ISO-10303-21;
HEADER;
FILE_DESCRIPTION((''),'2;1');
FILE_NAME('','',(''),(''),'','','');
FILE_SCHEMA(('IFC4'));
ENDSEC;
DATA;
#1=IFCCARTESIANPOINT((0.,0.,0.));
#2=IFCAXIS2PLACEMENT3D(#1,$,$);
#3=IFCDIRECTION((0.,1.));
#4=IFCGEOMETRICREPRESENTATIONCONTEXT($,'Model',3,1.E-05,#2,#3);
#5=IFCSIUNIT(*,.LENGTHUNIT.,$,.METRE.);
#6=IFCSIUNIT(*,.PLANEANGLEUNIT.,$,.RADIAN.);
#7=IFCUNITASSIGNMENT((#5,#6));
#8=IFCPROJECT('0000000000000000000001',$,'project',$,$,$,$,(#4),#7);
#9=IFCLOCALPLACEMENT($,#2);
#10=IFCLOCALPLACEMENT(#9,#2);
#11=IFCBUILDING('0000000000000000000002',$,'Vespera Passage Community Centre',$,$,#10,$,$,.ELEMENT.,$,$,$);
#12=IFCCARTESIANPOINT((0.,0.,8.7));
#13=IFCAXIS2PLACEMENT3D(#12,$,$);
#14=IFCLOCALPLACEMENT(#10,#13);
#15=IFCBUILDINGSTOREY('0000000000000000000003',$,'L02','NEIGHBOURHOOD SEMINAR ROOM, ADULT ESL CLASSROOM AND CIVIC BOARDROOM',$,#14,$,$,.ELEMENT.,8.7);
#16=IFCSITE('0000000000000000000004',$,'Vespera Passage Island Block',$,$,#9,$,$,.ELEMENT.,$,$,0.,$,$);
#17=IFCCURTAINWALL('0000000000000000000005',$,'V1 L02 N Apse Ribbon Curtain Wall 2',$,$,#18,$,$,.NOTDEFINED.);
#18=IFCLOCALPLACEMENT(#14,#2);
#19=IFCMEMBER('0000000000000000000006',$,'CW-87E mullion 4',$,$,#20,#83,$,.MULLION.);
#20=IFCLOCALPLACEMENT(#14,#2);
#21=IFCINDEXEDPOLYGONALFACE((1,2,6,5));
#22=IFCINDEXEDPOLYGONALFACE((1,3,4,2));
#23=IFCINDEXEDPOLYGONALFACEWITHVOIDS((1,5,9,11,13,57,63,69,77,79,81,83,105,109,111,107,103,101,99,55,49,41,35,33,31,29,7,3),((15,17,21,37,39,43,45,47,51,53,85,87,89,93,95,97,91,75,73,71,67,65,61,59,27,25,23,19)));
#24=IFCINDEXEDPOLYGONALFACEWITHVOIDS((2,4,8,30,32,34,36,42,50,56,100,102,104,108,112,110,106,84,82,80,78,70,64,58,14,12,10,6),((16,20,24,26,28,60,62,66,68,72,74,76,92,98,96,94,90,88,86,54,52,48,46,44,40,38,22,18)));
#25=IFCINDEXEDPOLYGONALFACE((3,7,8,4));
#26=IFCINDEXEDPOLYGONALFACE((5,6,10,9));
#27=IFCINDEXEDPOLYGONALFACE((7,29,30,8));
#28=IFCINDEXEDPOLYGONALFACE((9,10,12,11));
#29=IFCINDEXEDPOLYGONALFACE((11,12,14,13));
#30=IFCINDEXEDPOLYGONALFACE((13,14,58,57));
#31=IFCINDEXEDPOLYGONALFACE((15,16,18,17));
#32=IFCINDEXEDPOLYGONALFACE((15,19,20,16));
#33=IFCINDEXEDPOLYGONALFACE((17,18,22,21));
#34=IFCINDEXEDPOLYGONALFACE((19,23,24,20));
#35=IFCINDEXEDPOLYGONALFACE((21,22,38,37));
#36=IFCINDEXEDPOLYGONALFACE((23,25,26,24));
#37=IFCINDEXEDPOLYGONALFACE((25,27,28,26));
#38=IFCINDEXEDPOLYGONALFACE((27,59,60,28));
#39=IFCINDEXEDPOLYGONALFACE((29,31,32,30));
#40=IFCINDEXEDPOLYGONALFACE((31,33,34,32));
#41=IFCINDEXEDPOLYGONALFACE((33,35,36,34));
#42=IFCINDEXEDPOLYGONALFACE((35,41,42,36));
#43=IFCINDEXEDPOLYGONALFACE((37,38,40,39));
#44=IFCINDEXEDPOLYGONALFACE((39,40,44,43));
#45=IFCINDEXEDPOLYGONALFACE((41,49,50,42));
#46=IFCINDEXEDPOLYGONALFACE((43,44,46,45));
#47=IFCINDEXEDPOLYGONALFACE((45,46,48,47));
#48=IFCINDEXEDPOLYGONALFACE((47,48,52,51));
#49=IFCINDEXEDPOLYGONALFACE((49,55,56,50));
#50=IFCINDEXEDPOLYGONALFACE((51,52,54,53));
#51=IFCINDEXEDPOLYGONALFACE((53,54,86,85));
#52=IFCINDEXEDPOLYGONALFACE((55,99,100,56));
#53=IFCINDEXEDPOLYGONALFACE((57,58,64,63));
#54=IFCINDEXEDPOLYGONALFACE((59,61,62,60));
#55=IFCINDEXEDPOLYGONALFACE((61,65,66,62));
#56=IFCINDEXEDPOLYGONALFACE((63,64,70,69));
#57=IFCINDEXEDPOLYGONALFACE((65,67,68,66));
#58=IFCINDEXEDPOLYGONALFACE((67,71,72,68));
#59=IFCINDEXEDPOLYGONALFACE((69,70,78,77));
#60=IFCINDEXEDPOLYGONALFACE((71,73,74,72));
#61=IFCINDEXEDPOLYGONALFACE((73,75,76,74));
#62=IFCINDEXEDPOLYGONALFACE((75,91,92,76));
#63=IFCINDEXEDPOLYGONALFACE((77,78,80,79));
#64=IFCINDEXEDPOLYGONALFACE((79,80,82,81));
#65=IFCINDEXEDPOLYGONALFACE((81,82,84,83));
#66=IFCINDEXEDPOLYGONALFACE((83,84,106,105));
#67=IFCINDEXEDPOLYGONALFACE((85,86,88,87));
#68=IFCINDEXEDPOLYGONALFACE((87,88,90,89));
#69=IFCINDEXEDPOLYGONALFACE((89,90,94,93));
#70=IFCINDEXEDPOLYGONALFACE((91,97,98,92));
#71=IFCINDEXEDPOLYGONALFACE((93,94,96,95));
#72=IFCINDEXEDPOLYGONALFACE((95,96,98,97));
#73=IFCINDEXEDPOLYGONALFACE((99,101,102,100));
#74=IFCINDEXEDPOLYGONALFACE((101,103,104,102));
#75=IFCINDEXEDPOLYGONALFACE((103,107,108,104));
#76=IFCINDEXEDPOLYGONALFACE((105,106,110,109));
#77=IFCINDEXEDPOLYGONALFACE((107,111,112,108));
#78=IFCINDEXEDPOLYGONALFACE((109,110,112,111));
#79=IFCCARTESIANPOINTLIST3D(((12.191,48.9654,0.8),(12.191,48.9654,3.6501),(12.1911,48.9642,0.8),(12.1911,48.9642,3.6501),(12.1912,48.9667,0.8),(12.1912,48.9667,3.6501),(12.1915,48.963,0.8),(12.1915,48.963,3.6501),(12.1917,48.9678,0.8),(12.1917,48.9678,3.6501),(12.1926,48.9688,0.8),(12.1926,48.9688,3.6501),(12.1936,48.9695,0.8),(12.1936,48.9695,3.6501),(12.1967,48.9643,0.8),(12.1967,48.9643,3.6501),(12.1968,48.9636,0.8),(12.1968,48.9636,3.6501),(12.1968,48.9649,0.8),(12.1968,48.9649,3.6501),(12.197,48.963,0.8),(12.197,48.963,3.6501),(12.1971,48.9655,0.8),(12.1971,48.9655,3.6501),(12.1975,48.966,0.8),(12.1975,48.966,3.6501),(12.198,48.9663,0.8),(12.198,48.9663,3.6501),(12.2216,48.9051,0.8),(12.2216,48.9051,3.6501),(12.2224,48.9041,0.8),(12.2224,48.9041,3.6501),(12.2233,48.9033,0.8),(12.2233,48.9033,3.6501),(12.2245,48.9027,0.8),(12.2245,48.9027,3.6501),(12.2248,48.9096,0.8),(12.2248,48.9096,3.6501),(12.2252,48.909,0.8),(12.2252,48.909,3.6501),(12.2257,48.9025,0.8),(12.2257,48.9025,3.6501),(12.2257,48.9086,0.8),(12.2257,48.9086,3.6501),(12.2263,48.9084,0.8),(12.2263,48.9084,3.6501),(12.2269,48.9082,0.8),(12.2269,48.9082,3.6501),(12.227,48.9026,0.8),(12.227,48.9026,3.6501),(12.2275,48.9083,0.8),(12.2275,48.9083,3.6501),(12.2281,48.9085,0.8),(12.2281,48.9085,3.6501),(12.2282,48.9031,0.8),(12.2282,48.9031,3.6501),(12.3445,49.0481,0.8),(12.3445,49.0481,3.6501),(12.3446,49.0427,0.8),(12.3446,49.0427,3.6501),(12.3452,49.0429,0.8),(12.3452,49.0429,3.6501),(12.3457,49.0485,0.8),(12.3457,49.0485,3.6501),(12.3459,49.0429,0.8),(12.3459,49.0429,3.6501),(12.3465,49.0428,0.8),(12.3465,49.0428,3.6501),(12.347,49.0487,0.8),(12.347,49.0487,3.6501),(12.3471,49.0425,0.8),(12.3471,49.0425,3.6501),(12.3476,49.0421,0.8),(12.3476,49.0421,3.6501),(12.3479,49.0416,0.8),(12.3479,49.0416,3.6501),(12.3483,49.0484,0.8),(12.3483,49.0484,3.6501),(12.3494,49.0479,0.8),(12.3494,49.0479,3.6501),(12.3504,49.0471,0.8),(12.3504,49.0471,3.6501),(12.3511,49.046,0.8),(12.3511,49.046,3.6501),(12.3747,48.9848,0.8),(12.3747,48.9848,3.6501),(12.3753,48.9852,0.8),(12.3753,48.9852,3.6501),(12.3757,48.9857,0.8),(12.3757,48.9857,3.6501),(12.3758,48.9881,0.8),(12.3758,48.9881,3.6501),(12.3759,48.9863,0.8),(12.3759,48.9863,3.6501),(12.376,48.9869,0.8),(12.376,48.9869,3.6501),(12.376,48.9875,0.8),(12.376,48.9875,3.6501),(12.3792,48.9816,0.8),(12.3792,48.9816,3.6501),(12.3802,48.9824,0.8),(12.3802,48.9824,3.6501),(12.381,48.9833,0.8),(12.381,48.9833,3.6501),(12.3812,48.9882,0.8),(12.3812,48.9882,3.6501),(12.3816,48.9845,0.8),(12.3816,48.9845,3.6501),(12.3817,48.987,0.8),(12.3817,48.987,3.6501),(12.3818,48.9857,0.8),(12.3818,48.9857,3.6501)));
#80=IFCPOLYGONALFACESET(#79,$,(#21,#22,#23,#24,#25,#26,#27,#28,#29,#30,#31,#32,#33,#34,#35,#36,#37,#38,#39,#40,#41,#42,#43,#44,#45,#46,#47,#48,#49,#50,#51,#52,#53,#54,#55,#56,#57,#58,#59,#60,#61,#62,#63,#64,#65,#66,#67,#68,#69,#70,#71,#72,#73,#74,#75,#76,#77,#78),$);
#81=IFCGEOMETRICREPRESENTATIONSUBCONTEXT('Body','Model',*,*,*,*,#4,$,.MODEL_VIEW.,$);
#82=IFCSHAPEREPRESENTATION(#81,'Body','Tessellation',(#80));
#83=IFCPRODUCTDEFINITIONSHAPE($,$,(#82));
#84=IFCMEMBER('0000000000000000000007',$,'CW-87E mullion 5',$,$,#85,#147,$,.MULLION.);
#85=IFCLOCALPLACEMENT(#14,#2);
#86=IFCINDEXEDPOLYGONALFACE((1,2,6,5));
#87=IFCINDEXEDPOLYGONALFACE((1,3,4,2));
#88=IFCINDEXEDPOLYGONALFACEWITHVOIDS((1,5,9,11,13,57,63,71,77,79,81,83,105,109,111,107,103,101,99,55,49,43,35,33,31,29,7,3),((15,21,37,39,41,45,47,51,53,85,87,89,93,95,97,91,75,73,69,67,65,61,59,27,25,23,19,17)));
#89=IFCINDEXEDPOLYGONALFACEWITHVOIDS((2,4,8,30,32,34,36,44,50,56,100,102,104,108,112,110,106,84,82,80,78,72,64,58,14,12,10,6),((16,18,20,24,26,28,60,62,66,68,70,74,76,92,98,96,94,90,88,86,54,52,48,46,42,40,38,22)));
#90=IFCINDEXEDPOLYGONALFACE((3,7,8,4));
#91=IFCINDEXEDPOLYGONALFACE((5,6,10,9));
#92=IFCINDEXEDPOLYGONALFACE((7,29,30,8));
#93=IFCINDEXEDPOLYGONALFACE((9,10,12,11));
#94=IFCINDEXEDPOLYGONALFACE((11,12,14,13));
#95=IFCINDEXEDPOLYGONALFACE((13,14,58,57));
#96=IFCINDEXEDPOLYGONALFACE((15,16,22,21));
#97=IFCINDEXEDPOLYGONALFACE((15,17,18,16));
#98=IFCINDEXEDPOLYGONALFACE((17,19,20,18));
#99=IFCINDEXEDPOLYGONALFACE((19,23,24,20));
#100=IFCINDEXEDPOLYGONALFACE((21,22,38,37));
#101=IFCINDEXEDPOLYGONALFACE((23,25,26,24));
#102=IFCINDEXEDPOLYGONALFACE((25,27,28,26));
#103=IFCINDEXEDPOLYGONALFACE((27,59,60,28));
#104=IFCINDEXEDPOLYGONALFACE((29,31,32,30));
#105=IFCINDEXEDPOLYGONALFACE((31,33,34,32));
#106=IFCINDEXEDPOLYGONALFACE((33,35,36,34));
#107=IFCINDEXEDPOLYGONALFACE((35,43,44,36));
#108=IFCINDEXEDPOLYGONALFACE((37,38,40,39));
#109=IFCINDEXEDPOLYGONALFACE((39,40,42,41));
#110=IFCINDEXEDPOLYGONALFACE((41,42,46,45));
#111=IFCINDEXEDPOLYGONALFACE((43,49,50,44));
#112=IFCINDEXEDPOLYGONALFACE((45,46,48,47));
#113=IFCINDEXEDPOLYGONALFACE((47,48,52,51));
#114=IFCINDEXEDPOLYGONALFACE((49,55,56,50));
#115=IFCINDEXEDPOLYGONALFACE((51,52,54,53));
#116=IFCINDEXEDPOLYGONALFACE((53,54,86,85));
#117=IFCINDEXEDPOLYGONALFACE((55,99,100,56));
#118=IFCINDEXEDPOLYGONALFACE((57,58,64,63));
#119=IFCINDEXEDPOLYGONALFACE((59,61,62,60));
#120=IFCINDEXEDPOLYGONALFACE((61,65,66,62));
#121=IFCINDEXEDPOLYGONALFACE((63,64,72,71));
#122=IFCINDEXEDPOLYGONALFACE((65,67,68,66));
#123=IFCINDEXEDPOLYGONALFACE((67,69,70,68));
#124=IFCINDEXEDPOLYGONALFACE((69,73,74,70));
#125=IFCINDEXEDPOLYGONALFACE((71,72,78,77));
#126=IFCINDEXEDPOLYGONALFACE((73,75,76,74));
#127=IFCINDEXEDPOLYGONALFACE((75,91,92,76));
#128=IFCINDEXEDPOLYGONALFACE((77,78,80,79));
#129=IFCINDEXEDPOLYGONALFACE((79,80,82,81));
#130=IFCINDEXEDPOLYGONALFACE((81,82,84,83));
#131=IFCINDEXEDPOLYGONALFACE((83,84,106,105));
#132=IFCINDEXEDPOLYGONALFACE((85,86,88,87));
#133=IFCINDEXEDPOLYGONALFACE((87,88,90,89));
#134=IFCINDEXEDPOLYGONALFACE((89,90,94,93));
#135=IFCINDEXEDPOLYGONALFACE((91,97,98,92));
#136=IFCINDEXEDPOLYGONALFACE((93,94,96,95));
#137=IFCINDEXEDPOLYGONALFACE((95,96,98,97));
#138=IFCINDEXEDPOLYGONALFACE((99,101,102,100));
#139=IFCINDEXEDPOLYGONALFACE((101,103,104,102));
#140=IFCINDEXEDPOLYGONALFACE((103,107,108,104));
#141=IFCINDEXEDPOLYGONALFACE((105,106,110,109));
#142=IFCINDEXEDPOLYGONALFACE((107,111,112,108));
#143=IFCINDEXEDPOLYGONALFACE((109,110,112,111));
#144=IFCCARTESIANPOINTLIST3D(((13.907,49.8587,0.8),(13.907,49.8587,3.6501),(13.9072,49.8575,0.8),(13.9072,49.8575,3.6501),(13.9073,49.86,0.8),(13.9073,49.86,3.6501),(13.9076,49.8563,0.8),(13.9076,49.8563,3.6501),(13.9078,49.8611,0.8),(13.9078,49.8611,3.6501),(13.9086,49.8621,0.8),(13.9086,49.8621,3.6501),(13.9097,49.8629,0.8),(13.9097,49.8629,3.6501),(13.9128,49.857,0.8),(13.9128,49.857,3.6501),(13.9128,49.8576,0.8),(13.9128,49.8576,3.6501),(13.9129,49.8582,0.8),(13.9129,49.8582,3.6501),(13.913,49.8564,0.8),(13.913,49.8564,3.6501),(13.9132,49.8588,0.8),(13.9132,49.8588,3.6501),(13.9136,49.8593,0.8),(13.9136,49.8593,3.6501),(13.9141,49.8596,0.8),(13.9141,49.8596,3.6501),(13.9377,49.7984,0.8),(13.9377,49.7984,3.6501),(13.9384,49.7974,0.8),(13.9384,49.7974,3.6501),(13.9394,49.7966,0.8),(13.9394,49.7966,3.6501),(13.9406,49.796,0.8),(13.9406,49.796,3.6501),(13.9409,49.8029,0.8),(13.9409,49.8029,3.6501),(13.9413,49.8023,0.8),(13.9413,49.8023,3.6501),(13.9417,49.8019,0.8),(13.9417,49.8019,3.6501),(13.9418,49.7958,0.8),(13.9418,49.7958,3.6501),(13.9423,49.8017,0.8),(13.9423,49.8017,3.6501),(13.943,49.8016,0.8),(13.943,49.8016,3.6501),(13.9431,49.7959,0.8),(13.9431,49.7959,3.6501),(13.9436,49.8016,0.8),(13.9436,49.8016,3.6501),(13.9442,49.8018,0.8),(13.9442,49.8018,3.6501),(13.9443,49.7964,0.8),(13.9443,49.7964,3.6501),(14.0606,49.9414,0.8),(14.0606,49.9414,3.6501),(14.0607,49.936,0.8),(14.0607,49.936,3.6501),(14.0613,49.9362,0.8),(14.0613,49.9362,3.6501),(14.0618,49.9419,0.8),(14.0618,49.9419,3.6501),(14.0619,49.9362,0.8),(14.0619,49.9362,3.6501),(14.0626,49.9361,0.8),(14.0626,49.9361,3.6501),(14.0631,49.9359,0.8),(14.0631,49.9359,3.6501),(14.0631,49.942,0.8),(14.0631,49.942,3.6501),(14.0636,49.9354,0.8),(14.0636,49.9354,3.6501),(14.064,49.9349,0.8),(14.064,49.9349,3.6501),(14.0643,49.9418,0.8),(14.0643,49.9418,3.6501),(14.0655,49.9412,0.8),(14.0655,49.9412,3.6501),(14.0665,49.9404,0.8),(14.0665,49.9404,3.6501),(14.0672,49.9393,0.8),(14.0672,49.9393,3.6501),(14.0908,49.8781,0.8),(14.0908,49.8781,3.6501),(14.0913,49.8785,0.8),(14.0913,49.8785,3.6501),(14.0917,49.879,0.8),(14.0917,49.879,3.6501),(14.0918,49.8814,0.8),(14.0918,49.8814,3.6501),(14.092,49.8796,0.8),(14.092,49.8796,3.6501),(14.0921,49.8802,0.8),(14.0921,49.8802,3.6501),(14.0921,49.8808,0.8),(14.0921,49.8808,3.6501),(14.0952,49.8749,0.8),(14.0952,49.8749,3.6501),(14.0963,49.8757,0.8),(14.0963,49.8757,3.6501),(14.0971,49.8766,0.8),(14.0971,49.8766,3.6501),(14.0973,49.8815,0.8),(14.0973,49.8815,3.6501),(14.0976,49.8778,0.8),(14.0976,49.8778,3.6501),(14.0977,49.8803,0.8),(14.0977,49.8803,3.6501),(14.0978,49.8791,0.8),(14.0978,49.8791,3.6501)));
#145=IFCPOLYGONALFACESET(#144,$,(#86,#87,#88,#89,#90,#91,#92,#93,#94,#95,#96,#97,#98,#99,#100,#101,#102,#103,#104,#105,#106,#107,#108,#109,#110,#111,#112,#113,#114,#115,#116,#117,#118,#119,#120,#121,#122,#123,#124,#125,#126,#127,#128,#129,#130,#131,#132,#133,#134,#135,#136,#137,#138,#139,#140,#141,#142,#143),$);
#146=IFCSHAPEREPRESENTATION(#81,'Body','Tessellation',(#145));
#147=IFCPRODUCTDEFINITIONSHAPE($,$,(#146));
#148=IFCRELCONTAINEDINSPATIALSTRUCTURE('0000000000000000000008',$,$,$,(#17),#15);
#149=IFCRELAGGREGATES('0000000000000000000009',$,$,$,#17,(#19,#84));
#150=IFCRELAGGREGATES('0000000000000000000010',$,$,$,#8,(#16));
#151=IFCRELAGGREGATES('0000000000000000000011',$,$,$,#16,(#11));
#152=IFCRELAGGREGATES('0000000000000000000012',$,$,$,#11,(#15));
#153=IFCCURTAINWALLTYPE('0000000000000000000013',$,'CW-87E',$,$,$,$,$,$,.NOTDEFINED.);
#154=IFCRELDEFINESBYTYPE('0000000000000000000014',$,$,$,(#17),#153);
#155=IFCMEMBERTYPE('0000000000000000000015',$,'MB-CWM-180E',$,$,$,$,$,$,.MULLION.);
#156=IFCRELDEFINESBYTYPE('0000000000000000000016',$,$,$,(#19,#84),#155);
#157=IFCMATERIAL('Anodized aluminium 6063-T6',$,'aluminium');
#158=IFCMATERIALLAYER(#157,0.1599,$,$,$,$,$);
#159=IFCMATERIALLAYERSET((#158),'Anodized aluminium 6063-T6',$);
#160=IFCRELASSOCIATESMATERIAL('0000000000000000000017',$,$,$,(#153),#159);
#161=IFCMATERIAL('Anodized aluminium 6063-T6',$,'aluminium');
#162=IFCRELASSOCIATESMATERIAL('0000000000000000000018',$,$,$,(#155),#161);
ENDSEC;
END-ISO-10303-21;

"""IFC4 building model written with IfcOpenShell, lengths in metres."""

from ifc_helpers import new_model, si_unit, direction, frame, origin, origin_2d, place, context, subcontext, project, spatial, hollow_rectangle, extrude, material, layer, layer_set, material_profile, profile_set, type_object, element, aggregate, save


model = new_model("IFC4")

# Units and contexts
model_context = context("Model", 3, precision=1e-05, world=origin(), true_north=direction((0.0, 1.0)))
body_context = subcontext(model_context, "Body", "Model", "MODEL_VIEW")
ifc_project = project(units=[si_unit("LENGTHUNIT", "METRE"), si_unit("PLANEANGLEUNIT", "RADIAN")], contexts=[model_context])

# Site, building, storey
site_placement = place(None, origin())
site = spatial("IfcSite", under=ifc_project, at=site_placement, Name="Vespera Passage Island Block", CompositionType="ELEMENT", RefElevation=0.0)
building_placement = place(site_placement, origin())
building = spatial("IfcBuilding", under=site, at=building_placement, Name="Vespera Passage Community Centre", CompositionType="ELEMENT")
storey_placement = place(building_placement, frame((0.0, 0.0, 8.7)))
storey = spatial("IfcBuildingStorey", under=building, at=storey_placement, Name="L02", Description="NEIGHBOURHOOD SEMINAR ROOM, ADULT ESL CLASSROOM AND CIVIC BOARDROOM", CompositionType="ELEMENT", Elevation=8.7)

# Curtain wall, members
ifc_material_1 = material(Name="Anodized aluminium 6063-T6", Category="aluminium")
ifc_layer_1 = layer(ifc_material_1, 0.1599)
ifc_layer_set_1 = layer_set([ifc_layer_1], Name="Anodized aluminium 6063-T6")
curtain_wall_type = type_object("IfcCurtainWallType", Name="CW-87E", PredefinedType="NOTDEFINED", material=ifc_layer_set_1)
curtain_wall_placement = place(storey_placement, origin())
curtain_wall = element("IfcCurtainWall", 1, at=curtain_wall_placement, inside=storey, type_object=curtain_wall_type, Name="V1 L02 N Apse Ribbon Curtain Wall 2", PredefinedType="NOTDEFINED")
ifc_material_2 = material(Name="Anodized aluminium 6063-T6", Category="aluminium")
ifc_material_profile_1 = material_profile(ifc_material_2, hollow_rectangle(XDim=0.075, YDim=0.1799, WallThickness=0.0049, InnerFilletRadius=0.0024, OuterFilletRadius=0.0049, at=origin_2d()), Name="ALU180X75X5")
ifc_profile_set_1 = profile_set([ifc_material_profile_1], Name="Anodized aluminium 6063-T6")
member_type_1 = type_object("IfcMemberType", Name="MB-CWM-180E", PredefinedType="MULLION", material=ifc_profile_set_1)
member_1_placement = place(storey_placement, frame((12.2864, 48.9756, 0.8), z_axis=(0.0, 0.0, 1.0), x_axis=(-0.461745, 0.887013, 0.0)))
member_1 = element("IfcMember", 2, at=member_1_placement, type_object=member_type_1, Name="CW-87E mullion 4", PredefinedType="MULLION", context=body_context, shape_type="SweptSolid", body=[
    extrude(hollow_rectangle(XDim=0.075, YDim=0.1799, WallThickness=0.0049, InnerFilletRadius=0.0024, OuterFilletRadius=0.0049, at=origin_2d()), origin(), (0.0, 0.0, 1.0), 2.8501),
])
member_2_placement = place(storey_placement, frame((14.0024, 49.8689, 0.8), z_axis=(0.0, 0.0, 1.0), x_axis=(-0.461745, 0.887013, 0.0)))
member_2 = element("IfcMember", 3, at=member_2_placement, type_object=member_type_1, Name="CW-87E mullion 5", PredefinedType="MULLION", context=body_context, shape_type="SweptSolid", body=[
    extrude(hollow_rectangle(XDim=0.075, YDim=0.1799, WallThickness=0.0049, InnerFilletRadius=0.0024, OuterFilletRadius=0.0049, at=origin_2d()), origin(), (0.0, 0.0, 1.0), 2.8501),
])
aggregate(curtain_wall, [member_1, member_2])

save(model, "model.ifc")
